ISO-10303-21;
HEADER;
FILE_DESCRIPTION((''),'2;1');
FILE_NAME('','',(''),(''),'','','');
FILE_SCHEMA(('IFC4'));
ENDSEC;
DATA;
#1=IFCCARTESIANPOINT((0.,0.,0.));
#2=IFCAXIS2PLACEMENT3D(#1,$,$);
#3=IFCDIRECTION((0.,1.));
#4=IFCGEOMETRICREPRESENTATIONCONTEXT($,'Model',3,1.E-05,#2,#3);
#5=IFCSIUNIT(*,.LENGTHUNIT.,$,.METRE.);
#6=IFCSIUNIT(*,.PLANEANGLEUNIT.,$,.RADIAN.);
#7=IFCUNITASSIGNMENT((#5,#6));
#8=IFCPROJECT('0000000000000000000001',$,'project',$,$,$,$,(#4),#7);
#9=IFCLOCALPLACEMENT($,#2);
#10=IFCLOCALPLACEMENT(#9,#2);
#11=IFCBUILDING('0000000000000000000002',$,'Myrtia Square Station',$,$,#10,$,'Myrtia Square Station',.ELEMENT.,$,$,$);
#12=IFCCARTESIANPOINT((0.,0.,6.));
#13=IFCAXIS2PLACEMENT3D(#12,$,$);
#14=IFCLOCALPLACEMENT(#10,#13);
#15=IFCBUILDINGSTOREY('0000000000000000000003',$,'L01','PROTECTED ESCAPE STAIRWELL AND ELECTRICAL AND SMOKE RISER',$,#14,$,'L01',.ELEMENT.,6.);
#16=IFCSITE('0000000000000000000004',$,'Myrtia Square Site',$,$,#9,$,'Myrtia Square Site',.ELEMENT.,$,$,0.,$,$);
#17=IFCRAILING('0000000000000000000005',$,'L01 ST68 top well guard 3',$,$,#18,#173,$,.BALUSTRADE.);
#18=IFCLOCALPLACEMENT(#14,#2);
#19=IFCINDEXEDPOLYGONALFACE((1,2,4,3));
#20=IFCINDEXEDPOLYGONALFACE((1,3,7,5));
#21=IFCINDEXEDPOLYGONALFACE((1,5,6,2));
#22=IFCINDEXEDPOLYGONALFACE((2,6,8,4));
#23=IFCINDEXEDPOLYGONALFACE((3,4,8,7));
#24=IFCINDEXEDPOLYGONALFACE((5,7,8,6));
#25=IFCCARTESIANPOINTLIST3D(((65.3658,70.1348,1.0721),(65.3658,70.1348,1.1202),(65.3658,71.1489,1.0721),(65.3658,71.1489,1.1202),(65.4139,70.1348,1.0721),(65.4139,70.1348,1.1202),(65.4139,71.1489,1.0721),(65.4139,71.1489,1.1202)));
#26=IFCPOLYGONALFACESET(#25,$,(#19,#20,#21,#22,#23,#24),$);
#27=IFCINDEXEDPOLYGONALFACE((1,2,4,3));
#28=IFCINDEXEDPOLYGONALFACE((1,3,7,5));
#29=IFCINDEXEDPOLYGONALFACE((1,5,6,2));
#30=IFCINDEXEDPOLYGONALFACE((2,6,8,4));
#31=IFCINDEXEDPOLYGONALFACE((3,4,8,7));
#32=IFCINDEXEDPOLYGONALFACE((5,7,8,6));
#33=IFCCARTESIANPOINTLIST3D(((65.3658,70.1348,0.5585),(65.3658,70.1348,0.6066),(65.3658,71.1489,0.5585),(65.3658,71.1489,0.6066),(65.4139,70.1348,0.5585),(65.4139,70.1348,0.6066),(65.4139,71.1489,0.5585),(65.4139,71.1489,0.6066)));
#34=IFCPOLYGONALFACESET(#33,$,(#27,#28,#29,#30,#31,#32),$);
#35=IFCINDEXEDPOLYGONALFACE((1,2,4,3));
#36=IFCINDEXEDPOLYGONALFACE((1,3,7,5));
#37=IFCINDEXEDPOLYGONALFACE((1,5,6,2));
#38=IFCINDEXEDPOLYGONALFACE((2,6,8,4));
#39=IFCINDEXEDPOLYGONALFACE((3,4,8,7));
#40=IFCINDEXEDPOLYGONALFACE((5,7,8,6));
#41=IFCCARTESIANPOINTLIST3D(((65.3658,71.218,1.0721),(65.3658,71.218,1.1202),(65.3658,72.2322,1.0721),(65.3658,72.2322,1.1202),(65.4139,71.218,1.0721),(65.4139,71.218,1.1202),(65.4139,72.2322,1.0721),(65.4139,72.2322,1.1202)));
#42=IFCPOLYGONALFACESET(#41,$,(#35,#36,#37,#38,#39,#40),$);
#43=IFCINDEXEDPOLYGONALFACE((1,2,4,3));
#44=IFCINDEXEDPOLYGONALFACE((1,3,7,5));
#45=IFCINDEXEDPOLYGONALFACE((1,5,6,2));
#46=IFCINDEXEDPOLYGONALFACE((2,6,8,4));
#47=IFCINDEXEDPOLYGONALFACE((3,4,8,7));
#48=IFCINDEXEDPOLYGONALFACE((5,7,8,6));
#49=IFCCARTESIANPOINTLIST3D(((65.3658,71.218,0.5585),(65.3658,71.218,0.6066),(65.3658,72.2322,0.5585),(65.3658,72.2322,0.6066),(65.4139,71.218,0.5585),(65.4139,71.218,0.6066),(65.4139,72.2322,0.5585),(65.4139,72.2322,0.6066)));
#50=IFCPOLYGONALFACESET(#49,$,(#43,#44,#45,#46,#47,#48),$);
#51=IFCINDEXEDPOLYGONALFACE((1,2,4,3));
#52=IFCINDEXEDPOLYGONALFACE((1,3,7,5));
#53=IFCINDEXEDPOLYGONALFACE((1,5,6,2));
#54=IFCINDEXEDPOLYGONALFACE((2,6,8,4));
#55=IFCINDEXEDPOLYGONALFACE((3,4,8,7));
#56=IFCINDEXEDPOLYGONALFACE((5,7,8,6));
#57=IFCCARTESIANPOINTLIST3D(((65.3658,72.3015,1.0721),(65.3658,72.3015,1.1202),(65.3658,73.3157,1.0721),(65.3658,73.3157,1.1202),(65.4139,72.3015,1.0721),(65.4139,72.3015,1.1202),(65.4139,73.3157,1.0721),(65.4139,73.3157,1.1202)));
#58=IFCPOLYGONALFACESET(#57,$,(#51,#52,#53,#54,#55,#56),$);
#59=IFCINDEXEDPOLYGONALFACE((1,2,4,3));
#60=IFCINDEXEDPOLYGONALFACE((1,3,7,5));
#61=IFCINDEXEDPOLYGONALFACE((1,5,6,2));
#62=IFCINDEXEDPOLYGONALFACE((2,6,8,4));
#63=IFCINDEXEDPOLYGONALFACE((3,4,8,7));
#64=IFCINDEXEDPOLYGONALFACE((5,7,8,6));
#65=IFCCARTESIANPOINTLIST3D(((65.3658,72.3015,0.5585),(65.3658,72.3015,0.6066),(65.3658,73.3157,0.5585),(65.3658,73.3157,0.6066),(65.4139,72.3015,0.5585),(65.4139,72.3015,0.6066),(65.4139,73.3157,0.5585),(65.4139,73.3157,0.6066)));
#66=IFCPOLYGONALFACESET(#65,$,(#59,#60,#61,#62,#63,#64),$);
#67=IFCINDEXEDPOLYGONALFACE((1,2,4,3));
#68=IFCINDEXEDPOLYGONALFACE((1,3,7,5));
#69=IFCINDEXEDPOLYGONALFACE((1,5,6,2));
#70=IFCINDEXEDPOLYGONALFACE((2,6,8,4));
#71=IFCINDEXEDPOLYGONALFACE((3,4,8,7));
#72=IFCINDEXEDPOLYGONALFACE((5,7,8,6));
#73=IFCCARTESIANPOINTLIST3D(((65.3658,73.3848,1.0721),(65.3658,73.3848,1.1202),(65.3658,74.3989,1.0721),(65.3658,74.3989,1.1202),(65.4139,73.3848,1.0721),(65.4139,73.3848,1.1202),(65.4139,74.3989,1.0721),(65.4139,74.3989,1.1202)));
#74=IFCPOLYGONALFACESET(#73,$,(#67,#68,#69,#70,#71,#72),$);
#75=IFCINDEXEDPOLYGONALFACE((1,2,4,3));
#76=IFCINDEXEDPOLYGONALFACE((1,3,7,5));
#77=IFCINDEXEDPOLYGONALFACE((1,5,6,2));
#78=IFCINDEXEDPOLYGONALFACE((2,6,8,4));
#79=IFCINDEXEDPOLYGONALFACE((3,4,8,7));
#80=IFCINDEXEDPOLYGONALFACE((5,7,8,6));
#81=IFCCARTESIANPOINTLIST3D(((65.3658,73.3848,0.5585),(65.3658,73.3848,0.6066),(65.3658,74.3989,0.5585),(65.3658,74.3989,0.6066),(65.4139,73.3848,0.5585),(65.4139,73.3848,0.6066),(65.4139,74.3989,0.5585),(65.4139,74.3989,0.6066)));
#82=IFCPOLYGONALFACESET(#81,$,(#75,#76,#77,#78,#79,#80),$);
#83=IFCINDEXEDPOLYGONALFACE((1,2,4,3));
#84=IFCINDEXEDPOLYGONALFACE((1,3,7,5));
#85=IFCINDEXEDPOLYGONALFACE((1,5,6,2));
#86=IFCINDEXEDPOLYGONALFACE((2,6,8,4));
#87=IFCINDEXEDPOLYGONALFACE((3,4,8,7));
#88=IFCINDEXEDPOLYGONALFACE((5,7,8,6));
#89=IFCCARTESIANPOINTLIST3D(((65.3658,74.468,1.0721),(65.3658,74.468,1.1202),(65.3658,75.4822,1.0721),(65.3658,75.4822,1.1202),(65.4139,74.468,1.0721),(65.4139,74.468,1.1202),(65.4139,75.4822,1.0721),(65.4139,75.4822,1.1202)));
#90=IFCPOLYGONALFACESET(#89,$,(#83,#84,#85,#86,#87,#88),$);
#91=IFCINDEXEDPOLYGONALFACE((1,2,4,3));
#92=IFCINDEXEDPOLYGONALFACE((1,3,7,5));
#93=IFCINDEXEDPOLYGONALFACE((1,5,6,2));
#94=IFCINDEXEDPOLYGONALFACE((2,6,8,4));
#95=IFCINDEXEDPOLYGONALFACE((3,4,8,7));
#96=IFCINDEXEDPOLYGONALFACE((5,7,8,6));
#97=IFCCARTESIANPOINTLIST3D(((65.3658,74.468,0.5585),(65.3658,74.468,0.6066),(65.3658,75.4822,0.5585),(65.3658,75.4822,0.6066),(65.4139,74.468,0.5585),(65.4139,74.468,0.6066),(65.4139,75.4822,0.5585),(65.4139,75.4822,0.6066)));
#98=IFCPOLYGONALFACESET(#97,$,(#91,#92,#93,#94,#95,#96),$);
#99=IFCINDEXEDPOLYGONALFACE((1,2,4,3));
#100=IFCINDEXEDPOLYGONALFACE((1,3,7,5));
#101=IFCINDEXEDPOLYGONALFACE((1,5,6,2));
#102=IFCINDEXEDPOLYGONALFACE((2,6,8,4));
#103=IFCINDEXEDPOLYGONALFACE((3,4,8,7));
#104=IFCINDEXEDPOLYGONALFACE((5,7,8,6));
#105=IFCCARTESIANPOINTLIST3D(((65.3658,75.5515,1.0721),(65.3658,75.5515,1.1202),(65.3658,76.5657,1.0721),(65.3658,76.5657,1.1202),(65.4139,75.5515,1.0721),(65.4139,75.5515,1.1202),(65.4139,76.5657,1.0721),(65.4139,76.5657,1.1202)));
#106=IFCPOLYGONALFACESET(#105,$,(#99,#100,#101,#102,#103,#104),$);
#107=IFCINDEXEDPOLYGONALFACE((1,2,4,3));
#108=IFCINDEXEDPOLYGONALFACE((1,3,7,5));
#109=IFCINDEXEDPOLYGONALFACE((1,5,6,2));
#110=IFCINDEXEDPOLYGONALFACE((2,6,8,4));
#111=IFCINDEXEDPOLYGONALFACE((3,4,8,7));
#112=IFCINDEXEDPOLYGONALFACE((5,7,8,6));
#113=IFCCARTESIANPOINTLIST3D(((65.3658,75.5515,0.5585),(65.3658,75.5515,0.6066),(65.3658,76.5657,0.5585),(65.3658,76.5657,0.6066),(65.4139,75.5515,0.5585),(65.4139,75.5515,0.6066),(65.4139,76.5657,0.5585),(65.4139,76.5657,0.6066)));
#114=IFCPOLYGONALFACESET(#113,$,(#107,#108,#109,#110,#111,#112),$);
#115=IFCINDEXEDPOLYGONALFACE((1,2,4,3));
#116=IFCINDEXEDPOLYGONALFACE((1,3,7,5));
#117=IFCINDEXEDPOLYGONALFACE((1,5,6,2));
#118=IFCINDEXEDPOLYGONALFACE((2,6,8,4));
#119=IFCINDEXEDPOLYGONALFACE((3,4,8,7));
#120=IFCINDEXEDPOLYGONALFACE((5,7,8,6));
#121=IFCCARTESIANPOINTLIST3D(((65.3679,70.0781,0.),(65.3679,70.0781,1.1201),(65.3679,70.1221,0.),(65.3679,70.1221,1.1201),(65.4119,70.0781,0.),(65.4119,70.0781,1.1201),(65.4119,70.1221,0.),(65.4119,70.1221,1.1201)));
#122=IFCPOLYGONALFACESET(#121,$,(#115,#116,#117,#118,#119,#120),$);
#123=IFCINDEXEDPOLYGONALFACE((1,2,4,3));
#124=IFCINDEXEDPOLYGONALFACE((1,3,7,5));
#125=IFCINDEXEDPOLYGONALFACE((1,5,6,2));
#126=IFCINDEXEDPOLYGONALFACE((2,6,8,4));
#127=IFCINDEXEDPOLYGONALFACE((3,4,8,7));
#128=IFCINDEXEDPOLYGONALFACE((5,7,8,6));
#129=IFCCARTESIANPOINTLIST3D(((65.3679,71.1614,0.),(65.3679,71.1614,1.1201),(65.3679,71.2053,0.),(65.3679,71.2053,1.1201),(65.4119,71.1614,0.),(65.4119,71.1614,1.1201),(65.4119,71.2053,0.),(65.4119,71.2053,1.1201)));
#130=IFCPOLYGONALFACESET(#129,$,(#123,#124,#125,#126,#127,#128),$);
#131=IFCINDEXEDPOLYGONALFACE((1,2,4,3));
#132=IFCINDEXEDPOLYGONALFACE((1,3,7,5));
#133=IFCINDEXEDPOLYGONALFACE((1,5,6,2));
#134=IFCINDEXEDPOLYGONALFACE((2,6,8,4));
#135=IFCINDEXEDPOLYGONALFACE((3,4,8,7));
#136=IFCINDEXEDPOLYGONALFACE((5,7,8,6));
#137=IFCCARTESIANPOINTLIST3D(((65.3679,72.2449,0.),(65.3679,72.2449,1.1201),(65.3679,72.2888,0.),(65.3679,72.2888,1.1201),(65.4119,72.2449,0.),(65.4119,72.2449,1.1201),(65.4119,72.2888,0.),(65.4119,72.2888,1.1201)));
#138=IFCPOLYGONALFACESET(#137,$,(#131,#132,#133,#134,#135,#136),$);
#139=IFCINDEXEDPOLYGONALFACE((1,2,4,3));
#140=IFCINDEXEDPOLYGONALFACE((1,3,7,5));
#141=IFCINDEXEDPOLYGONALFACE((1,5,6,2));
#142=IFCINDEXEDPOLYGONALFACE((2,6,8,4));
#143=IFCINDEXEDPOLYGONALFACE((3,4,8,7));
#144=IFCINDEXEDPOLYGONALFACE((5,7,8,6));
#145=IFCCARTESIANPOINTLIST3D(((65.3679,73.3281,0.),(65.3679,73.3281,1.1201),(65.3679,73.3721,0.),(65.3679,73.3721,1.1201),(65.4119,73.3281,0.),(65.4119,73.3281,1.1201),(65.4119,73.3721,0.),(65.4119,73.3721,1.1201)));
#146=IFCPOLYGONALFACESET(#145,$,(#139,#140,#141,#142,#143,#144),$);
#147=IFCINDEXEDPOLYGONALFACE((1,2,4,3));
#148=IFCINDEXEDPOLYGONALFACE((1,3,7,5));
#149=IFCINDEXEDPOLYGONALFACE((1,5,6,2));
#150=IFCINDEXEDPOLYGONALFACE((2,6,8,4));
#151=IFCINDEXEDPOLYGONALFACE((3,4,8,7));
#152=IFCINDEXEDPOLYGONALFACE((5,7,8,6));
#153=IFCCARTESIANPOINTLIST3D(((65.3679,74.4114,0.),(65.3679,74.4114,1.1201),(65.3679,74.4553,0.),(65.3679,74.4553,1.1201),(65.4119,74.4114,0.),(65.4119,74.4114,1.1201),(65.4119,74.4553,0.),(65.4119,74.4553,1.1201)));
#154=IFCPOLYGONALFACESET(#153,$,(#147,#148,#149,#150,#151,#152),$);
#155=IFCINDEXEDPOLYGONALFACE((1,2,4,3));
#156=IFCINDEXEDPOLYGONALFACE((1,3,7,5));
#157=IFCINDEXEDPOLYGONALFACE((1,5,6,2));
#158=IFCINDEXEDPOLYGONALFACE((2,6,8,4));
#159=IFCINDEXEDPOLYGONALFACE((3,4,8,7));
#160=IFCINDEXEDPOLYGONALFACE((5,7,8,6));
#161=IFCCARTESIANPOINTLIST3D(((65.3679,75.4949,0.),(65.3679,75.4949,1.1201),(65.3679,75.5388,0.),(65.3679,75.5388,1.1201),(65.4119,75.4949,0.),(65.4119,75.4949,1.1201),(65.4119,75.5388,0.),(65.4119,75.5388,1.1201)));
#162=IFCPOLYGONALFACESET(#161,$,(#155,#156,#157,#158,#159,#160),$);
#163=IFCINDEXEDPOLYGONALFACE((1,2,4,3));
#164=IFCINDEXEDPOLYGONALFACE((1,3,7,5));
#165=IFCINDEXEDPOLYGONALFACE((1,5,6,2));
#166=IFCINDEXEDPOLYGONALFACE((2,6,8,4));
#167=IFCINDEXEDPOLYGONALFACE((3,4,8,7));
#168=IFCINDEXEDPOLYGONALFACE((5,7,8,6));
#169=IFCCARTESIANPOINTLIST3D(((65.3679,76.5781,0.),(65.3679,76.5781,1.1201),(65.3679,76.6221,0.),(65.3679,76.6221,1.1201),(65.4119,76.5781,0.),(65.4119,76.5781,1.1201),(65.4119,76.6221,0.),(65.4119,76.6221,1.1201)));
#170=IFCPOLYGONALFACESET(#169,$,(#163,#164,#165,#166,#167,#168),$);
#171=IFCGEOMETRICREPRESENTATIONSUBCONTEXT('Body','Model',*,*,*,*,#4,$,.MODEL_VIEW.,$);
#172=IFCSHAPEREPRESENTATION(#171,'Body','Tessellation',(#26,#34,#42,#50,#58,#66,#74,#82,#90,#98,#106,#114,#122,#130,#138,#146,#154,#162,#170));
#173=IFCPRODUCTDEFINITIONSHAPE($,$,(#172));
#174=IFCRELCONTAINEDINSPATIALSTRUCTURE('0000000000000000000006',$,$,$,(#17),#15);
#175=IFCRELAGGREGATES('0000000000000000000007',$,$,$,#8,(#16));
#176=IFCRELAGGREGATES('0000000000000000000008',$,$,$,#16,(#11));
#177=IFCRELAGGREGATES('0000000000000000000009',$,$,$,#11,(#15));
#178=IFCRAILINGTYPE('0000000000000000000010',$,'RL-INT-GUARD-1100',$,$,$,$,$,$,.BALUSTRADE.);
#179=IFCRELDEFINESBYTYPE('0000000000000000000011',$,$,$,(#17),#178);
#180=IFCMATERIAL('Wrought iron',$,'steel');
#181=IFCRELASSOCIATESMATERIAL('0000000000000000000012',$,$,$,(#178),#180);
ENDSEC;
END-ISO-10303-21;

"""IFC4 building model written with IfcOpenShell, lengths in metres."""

from ifc_helpers import new_model, si_unit, direction, frame, origin, origin_2d, place, context, subcontext, project, spatial, rectangle, extrude, material, type_object, element, save


model = new_model("IFC4")

# Units and contexts
model_context = context("Model", 3, precision=1e-05, world=origin(), true_north=direction((0.0, 1.0)))
body_context = subcontext(model_context, "Body", "Model", "MODEL_VIEW")
ifc_project = project(units=[si_unit("LENGTHUNIT", "METRE"), si_unit("PLANEANGLEUNIT", "RADIAN")], contexts=[model_context])

# Site, building, storey
site_placement = place(None, origin())
site = spatial("IfcSite", under=ifc_project, at=site_placement, Name="Myrtia Square Site", LongName="Myrtia Square Site", CompositionType="ELEMENT", RefElevation=0.0)
building_placement = place(site_placement, origin())
building = spatial("IfcBuilding", under=site, at=building_placement, Name="Myrtia Square Station", LongName="Myrtia Square Station", CompositionType="ELEMENT")
storey_placement = place(building_placement, frame((0.0, 0.0, 6.0)))
storey = spatial("IfcBuildingStorey", under=building, at=storey_placement, Name="L01", Description="PROTECTED ESCAPE STAIRWELL AND ELECTRICAL AND SMOKE RISER", LongName="L01", CompositionType="ELEMENT", Elevation=6.0)

# Railing
ifc_material_1 = material(Name="Wrought iron", Category="steel")
railing_type = type_object("IfcRailingType", Name="RL-INT-GUARD-1100", PredefinedType="BALUSTRADE", material=ifc_material_1)
railing_1_placement = place(storey_placement, frame((65.3899, 70.1001, 0.0)))
element("IfcRailing", 1, at=railing_1_placement, inside=storey, type_object=railing_type, Name="L01 ST68 top well guard 3", PredefinedType="BALUSTRADE", context=body_context, shape_type="SweptSolid", body=[
    extrude(rectangle(XDim=0.0481, YDim=0.0481, at=origin_2d()), frame((0.0, 0.0347, 1.0962), z_axis=(0.0, 1.0, 0.0), x_axis=(-1.0, 0.0, 0.0)), (0.0, 0.0, 1.0), 1.0142),
    extrude(rectangle(XDim=0.0481, YDim=0.0481, at=origin_2d()), frame((0.0, 0.0347, 0.5825), z_axis=(0.0, 1.0, 0.0), x_axis=(-1.0, 0.0, 0.0)), (0.0, 0.0, 1.0), 1.0142),
    extrude(rectangle(XDim=0.0481, YDim=0.0481, at=origin_2d()), frame((0.0, 1.1179, 1.0962), z_axis=(0.0, 1.0, 0.0), x_axis=(-1.0, 0.0, 0.0)), (0.0, 0.0, 1.0), 1.0142),
    extrude(rectangle(XDim=0.0481, YDim=0.0481, at=origin_2d()), frame((0.0, 1.1179, 0.5825), z_axis=(0.0, 1.0, 0.0), x_axis=(-1.0, 0.0, 0.0)), (0.0, 0.0, 1.0), 1.0142),
    extrude(rectangle(XDim=0.0481, YDim=0.0481, at=origin_2d()), frame((0.0, 2.2014, 1.0962), z_axis=(0.0, 1.0, 0.0), x_axis=(-1.0, 0.0, 0.0)), (0.0, 0.0, 1.0), 1.0142),
    extrude(rectangle(XDim=0.0481, YDim=0.0481, at=origin_2d()), frame((0.0, 2.2014, 0.5825), z_axis=(0.0, 1.0, 0.0), x_axis=(-1.0, 0.0, 0.0)), (0.0, 0.0, 1.0), 1.0142),
    extrude(rectangle(XDim=0.0481, YDim=0.0481, at=origin_2d()), frame((0.0, 3.2847, 1.0962), z_axis=(0.0, 1.0, 0.0), x_axis=(-1.0, 0.0, 0.0)), (0.0, 0.0, 1.0), 1.0142),
    extrude(rectangle(XDim=0.0481, YDim=0.0481, at=origin_2d()), frame((0.0, 3.2847, 0.5825), z_axis=(0.0, 1.0, 0.0), x_axis=(-1.0, 0.0, 0.0)), (0.0, 0.0, 1.0), 1.0142),
    extrude(rectangle(XDim=0.0481, YDim=0.0481, at=origin_2d()), frame((0.0, 4.3679, 1.0962), z_axis=(0.0, 1.0, 0.0), x_axis=(-1.0, 0.0, 0.0)), (0.0, 0.0, 1.0), 1.0142),
    extrude(rectangle(XDim=0.0481, YDim=0.0481, at=origin_2d()), frame((0.0, 4.3679, 0.5825), z_axis=(0.0, 1.0, 0.0), x_axis=(-1.0, 0.0, 0.0)), (0.0, 0.0, 1.0), 1.0142),
    extrude(rectangle(XDim=0.0481, YDim=0.0481, at=origin_2d()), frame((0.0, 5.4514, 1.0962), z_axis=(0.0, 1.0, 0.0), x_axis=(-1.0, 0.0, 0.0)), (0.0, 0.0, 1.0), 1.0142),
    extrude(rectangle(XDim=0.0481, YDim=0.0481, at=origin_2d()), frame((0.0, 5.4514, 0.5825), z_axis=(0.0, 1.0, 0.0), x_axis=(-1.0, 0.0, 0.0)), (0.0, 0.0, 1.0), 1.0142),
    extrude(rectangle(XDim=0.0439, YDim=0.0439, at=origin_2d()), origin(), (0.0, 0.0, 1.0), 1.1201),
    extrude(rectangle(XDim=0.0439, YDim=0.0439, at=origin_2d()), frame((0.0, 1.0833, 0.0)), (0.0, 0.0, 1.0), 1.1201),
    extrude(rectangle(XDim=0.0439, YDim=0.0439, at=origin_2d()), frame((0.0, 2.1667, 0.0)), (0.0, 0.0, 1.0), 1.1201),
    extrude(rectangle(XDim=0.0439, YDim=0.0439, at=origin_2d()), frame((0.0, 3.25, 0.0)), (0.0, 0.0, 1.0), 1.1201),
    extrude(rectangle(XDim=0.0439, YDim=0.0439, at=origin_2d()), frame((0.0, 4.3333, 0.0)), (0.0, 0.0, 1.0), 1.1201),
    extrude(rectangle(XDim=0.0439, YDim=0.0439, at=origin_2d()), frame((0.0, 5.4167, 0.0)), (0.0, 0.0, 1.0), 1.1201),
    extrude(rectangle(XDim=0.0439, YDim=0.0439, at=origin_2d()), frame((0.0, 6.5, 0.0)), (0.0, 0.0, 1.0), 1.1201),
])

save(model, "model.ifc")
